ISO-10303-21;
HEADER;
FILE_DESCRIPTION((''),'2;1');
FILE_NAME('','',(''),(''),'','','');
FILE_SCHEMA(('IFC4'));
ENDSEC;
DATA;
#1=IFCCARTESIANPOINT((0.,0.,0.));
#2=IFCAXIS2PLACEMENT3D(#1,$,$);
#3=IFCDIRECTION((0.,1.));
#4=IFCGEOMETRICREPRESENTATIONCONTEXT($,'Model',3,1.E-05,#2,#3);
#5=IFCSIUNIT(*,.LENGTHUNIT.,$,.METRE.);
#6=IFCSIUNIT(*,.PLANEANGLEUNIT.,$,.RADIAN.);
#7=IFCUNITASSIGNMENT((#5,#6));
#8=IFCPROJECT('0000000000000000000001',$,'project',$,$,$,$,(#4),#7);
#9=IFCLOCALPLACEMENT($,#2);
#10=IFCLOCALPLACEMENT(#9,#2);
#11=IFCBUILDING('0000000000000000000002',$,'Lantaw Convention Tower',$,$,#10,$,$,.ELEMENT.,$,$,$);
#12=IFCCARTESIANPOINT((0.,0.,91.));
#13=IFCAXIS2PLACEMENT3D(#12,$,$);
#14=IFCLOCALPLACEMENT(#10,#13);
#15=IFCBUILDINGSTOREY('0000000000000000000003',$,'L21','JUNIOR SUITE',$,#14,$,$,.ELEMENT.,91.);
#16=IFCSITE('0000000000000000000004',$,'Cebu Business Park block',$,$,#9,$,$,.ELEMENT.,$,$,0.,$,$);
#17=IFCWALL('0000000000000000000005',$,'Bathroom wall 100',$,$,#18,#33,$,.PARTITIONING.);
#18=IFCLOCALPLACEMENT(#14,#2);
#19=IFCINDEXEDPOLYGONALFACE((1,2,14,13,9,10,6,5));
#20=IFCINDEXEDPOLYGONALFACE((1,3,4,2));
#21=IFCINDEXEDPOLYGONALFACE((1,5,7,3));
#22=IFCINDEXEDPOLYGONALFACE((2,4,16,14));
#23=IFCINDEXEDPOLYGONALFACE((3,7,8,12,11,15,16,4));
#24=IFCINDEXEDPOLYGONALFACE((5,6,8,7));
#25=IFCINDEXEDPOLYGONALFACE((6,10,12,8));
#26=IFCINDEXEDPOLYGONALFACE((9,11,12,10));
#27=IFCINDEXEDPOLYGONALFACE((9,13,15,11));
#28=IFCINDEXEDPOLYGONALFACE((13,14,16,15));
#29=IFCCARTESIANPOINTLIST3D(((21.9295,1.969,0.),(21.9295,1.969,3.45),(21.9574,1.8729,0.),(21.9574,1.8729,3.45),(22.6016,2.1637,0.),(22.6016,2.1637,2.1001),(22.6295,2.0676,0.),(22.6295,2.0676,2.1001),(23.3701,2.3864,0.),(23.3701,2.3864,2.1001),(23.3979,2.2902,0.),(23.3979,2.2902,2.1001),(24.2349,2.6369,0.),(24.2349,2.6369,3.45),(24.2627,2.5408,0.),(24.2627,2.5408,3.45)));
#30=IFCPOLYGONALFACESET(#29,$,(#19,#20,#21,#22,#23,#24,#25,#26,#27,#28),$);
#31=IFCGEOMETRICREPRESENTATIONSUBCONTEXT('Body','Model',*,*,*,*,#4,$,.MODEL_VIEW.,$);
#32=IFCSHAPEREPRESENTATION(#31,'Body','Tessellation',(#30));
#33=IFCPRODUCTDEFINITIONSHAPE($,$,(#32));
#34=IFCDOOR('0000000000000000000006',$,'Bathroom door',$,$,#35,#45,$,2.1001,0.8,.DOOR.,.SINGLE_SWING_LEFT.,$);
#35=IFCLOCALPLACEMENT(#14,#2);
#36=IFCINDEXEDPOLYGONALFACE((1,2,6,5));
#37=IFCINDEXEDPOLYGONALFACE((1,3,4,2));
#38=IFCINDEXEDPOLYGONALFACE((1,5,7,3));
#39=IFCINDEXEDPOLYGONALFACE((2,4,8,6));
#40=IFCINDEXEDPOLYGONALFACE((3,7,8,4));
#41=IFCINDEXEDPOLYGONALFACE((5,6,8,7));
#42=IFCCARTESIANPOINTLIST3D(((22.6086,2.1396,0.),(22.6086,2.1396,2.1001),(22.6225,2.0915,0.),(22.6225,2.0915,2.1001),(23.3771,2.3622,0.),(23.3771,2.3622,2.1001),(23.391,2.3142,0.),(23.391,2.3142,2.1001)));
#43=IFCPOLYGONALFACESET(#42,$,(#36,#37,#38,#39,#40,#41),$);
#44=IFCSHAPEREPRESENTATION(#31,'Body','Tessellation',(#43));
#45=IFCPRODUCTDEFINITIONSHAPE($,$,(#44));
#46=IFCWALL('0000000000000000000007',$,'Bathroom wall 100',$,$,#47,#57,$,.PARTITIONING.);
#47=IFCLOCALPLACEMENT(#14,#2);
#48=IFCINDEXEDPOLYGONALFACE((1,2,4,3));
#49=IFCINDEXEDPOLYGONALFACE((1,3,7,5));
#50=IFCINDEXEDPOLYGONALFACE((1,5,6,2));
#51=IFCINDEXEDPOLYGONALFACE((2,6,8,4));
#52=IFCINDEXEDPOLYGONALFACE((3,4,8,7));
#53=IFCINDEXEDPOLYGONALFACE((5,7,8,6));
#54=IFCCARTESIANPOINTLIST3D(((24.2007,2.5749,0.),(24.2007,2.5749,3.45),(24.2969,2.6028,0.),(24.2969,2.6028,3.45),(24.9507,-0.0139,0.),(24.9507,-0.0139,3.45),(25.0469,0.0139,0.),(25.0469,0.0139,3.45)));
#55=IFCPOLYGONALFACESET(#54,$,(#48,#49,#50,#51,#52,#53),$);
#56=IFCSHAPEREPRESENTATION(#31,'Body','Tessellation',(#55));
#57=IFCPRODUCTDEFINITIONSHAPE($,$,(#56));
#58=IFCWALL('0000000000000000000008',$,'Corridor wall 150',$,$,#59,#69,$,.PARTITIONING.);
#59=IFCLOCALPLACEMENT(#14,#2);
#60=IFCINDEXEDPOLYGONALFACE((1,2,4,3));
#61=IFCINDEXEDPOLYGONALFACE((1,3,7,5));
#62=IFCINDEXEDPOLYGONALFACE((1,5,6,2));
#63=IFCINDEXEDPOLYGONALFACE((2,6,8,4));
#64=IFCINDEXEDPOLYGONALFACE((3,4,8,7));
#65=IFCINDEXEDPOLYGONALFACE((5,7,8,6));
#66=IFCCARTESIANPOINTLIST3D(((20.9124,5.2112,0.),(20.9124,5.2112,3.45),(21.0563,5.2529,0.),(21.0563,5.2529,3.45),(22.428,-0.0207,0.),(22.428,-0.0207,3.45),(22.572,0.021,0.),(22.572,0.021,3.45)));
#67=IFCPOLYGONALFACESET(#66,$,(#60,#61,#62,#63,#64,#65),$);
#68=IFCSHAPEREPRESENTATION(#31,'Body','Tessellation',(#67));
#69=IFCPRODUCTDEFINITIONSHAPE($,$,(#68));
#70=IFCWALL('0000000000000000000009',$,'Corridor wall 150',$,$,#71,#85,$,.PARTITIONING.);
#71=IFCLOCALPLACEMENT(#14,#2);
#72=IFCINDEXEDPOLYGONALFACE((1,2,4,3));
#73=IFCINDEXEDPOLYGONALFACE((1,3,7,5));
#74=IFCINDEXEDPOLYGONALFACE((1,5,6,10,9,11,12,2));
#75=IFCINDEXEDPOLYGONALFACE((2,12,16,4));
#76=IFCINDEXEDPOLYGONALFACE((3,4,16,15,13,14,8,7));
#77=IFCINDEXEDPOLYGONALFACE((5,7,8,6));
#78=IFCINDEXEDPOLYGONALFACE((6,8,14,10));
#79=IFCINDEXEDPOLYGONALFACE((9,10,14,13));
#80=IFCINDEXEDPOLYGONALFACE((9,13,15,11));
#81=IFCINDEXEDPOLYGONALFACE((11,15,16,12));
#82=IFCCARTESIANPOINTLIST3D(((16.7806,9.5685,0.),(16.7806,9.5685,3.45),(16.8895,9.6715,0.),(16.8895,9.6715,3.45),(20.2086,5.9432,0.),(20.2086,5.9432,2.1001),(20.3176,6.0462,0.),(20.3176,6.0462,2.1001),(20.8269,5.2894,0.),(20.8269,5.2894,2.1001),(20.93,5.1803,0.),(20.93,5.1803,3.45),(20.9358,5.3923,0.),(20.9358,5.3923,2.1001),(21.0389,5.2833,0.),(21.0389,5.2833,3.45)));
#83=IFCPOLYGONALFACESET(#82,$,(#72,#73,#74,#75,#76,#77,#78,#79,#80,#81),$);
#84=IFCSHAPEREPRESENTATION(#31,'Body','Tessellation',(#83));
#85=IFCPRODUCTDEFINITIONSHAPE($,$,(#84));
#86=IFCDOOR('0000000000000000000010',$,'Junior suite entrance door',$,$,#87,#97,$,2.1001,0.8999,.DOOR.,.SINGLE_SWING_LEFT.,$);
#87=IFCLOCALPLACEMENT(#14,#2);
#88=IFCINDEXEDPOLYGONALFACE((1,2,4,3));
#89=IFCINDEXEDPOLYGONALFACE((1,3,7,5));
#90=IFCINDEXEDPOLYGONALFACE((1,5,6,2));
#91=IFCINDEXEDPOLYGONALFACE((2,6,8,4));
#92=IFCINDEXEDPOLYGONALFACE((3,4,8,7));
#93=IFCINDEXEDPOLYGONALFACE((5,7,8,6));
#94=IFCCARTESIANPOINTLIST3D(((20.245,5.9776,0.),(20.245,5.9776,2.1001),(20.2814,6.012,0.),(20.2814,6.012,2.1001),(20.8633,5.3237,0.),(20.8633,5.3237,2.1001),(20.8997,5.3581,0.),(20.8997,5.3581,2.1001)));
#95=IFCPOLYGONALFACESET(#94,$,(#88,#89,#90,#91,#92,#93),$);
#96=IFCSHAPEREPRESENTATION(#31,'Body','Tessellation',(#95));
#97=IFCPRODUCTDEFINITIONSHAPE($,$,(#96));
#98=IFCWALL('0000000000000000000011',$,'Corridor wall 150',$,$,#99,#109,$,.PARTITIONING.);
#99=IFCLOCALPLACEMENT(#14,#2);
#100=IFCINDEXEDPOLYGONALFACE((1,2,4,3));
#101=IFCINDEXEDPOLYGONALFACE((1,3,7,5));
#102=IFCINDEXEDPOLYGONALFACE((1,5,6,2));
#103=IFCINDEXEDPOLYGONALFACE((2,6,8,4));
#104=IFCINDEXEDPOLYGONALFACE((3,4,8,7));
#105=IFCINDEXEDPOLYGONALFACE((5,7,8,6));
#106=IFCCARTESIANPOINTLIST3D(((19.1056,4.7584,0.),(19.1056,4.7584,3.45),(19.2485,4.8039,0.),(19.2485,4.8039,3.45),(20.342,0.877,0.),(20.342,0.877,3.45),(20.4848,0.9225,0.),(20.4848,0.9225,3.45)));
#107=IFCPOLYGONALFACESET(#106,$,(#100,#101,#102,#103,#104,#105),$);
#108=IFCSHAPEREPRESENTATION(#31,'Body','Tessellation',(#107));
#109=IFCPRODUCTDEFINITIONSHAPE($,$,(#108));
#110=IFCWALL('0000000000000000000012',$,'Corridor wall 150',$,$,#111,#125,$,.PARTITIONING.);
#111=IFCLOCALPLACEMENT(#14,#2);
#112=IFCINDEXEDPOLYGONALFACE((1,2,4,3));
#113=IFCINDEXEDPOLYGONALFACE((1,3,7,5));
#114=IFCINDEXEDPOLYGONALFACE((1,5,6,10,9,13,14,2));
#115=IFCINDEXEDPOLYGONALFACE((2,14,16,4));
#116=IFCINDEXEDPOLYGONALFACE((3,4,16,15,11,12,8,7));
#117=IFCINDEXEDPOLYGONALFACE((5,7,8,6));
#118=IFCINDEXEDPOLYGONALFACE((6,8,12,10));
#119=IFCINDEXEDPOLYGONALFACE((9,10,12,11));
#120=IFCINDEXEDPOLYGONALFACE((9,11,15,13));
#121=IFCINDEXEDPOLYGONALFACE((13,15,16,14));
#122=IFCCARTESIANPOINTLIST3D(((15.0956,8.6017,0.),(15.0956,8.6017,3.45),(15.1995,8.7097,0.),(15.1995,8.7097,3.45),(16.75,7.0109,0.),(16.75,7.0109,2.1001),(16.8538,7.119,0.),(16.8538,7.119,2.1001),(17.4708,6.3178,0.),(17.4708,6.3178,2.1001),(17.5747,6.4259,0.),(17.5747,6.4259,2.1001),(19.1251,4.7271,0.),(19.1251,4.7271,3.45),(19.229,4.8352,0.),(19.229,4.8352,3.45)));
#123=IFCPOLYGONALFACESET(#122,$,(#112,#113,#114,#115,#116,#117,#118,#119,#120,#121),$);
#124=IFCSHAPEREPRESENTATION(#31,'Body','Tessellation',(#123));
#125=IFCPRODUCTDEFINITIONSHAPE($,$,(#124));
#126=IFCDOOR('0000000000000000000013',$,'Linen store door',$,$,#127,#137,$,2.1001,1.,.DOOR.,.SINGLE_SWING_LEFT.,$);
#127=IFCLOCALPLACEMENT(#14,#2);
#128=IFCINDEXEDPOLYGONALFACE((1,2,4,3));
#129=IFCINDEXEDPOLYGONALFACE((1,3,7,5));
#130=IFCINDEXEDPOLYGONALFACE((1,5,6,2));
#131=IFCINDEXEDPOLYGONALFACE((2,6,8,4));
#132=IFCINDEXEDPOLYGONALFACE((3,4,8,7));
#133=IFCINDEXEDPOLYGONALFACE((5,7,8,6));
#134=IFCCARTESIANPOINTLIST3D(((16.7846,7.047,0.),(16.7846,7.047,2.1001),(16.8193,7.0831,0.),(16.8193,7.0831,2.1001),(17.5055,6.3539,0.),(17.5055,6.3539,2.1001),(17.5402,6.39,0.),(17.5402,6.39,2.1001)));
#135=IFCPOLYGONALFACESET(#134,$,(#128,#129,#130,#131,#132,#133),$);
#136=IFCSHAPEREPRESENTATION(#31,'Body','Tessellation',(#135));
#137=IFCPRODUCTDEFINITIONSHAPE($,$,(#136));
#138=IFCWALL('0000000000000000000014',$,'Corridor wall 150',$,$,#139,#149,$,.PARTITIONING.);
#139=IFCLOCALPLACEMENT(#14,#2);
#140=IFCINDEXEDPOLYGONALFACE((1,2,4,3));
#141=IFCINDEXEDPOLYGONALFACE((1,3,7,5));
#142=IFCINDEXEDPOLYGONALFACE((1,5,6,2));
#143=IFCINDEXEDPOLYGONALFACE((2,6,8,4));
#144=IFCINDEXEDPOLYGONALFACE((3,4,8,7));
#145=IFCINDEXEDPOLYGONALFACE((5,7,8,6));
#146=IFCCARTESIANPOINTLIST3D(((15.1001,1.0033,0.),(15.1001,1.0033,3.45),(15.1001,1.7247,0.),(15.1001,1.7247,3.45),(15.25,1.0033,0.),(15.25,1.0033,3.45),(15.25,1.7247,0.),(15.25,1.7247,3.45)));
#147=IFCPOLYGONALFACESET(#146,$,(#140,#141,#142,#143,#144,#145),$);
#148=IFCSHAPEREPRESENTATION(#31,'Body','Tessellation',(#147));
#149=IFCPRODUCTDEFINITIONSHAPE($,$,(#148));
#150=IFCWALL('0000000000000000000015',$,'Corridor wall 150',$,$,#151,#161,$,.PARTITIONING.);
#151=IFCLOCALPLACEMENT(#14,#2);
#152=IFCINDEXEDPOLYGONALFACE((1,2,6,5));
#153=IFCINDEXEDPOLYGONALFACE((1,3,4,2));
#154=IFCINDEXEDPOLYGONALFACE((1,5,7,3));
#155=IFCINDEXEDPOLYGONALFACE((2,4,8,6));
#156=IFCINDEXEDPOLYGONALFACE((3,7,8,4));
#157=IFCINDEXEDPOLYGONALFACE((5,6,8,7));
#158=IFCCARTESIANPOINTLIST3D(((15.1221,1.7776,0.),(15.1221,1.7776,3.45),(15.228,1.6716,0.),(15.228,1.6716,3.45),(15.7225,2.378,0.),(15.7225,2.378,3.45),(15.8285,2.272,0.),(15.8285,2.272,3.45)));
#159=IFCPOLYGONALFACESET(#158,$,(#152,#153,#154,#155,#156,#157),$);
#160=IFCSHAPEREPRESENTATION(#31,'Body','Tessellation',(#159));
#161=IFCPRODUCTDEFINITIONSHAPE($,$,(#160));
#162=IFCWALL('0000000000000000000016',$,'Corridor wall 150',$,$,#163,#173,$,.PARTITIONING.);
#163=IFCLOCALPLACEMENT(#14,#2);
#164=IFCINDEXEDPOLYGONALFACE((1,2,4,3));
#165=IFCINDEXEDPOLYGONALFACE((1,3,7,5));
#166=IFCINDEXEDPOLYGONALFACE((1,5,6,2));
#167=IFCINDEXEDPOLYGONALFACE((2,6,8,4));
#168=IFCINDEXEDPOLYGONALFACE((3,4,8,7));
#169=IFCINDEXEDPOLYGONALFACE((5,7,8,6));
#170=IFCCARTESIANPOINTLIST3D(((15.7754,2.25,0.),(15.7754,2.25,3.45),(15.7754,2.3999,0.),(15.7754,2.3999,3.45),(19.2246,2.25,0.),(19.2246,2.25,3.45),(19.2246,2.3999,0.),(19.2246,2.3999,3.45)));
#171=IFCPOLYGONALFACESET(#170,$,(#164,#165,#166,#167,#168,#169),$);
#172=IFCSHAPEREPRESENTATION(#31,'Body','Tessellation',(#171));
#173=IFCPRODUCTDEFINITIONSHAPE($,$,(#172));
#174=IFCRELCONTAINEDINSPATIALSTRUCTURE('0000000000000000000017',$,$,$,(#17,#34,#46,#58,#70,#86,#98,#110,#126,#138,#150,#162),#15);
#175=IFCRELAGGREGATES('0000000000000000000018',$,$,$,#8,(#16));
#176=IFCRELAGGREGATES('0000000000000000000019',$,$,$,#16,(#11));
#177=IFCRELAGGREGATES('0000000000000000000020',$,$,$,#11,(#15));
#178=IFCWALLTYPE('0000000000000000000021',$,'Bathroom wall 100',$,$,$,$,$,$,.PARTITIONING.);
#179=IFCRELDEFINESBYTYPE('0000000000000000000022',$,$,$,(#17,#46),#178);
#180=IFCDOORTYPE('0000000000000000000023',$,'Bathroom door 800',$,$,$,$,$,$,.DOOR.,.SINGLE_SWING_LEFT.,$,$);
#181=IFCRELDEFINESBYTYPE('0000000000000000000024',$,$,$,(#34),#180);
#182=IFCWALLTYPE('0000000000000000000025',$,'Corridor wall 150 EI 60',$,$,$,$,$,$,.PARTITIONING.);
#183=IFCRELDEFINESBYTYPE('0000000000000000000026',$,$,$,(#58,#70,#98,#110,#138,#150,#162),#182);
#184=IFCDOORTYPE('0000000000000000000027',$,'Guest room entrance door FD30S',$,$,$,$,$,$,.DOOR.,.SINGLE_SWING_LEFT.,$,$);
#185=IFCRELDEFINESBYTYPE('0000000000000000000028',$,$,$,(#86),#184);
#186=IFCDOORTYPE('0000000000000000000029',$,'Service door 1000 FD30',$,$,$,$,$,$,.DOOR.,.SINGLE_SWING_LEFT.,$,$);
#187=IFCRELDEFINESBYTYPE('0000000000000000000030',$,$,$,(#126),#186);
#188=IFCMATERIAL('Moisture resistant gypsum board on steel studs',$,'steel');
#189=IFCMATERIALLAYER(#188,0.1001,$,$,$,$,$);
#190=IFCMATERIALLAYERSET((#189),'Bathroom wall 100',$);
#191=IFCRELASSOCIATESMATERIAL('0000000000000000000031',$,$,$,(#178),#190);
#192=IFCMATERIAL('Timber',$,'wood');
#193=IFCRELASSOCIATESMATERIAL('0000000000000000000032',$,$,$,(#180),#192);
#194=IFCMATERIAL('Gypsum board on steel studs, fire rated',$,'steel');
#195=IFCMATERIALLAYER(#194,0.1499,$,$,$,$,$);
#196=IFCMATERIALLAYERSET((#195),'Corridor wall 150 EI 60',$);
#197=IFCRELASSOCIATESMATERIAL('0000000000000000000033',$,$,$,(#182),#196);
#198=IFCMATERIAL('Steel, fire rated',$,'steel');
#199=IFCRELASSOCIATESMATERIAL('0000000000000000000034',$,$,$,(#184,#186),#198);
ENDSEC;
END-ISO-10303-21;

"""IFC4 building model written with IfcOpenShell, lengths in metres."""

from ifc_helpers import new_model, si_unit, direction, frame, frame_2d, origin, place, context, subcontext, project, spatial, rectangle, extrude, material, layer, layer_set, type_object, element, fill, save


model = new_model("IFC4")

# Units and contexts
model_context = context("Model", 3, precision=1e-05, world=origin(), true_north=direction((0.0, 1.0)))
body_context = subcontext(model_context, "Body", "Model", "MODEL_VIEW")
ifc_project = project(units=[si_unit("LENGTHUNIT", "METRE"), si_unit("PLANEANGLEUNIT", "RADIAN")], contexts=[model_context])

# Site, building, storey
site_placement = place(None, origin())
site = spatial("IfcSite", under=ifc_project, at=site_placement, Name="Cebu Business Park block", CompositionType="ELEMENT", RefElevation=0.0)
building_placement = place(site_placement, origin())
building = spatial("IfcBuilding", under=site, at=building_placement, Name="Lantaw Convention Tower", CompositionType="ELEMENT")
storey_placement = place(building_placement, frame((0.0, 0.0, 91.0)))
storey = spatial("IfcBuildingStorey", under=building, at=storey_placement, Name="L21", Description="JUNIOR SUITE", CompositionType="ELEMENT", Elevation=91.0)

# Wall, opening, door
ifc_material_1 = material(Name="Moisture resistant gypsum board on steel studs", Category="steel")
ifc_layer_1 = layer(ifc_material_1, 0.1001)
ifc_layer_set_1 = layer_set([ifc_layer_1], Name="Bathroom wall 100")
wall_type_1 = type_object("IfcWallType", Name="Bathroom wall 100", PredefinedType="PARTITIONING", material=ifc_layer_set_1)
wall_1_placement = place(storey_placement, frame((21.9434, 1.9209, 0.0), z_axis=(0.0, 0.0, 1.0), x_axis=(0.960496, 0.278293, 0.0)))
wall_1 = element("IfcWall", 1, at=wall_1_placement, inside=storey, type_object=wall_type_1, Name="Bathroom wall 100", PredefinedType="PARTITIONING", context=body_context, shape_type="SweptSolid", body=[
    extrude(rectangle(XDim=2.4001, YDim=0.1001, at=frame_2d((1.2002, 0.0))), origin(), (0.0, 0.0, 1.0), 3.45),
])
opening_1_placement = place(wall_1_placement, frame((0.7, 0.0, 0.0)))
opening_1 = element("IfcOpeningElement", 2, at=opening_1_placement, cuts=wall_1, PredefinedType="OPENING", context=body_context, shape_type="SweptSolid", body=[
    extrude(rectangle(XDim=0.8, YDim=2.1001, at=frame_2d((0.3999, 1.05))), frame((0.0, 0.0601, 0.0), z_axis=(0.0, -1.0, 0.0), x_axis=(1.0, 0.0, 0.0)), (0.0, 0.0, 1.0), 0.1201),
])
ifc_material_2 = material(Name="Timber", Category="wood")
door_type_1 = type_object("IfcDoorType", Name="Bathroom door 800", OperationType="SINGLE_SWING_LEFT", PredefinedType="DOOR", material=ifc_material_2)
door_1_placement = place(opening_1_placement, origin())
door_1 = element("IfcDoor", 3, at=door_1_placement, inside=storey, type_object=door_type_1, Name="Bathroom door", OperationType="SINGLE_SWING_LEFT", OverallHeight=2.1001, OverallWidth=0.8, PredefinedType="DOOR", context=body_context, shape_type="SweptSolid", body=[
    extrude(rectangle(XDim=0.8, YDim=2.1001, at=frame_2d((0.3999, 1.05))), frame((0.0, 0.0249, 0.0), z_axis=(0.0, -1.0, 0.0), x_axis=(1.0, 0.0, 0.0)), (0.0, 0.0, 1.0), 0.05),
])
fill(opening_1, door_1)

# Walls
wall_2_placement = place(storey_placement, frame((24.2488, 2.5889, 0.0), z_axis=(0.0, 0.0, 1.0), x_axis=(0.27826, -0.960506, 0.0)))
element("IfcWall", 4, at=wall_2_placement, inside=storey, type_object=wall_type_1, Name="Bathroom wall 100", PredefinedType="PARTITIONING", context=body_context, shape_type="SweptSolid", body=[
    extrude(rectangle(XDim=2.6953, YDim=0.1001, at=frame_2d((1.3477, 0.0))), origin(), (0.0, 0.0, 1.0), 3.45),
])
ifc_material_3 = material(Name="Gypsum board on steel studs, fire rated", Category="steel")
ifc_layer_2 = layer(ifc_material_3, 0.1499)
ifc_layer_set_2 = layer_set([ifc_layer_2], Name="Corridor wall 150 EI 60")
wall_type_2 = type_object("IfcWallType", Name="Corridor wall 150 EI 60", PredefinedType="PARTITIONING", material=ifc_layer_set_2)
wall_3_placement = place(storey_placement, frame((22.5, 0.0, 0.0), z_axis=(0.0, 0.0, 1.0), x_axis=(-0.278247, 0.960509, 0.0)))
element("IfcWall", 5, at=wall_3_placement, inside=storey, type_object=wall_type_2, Name="Corridor wall 150", PredefinedType="PARTITIONING", context=body_context, shape_type="SweptSolid", body=[
    extrude(rectangle(XDim=5.447, YDim=0.1499, at=frame_2d((2.7236, 0.0))), origin(), (0.0, 0.0, 1.0), 3.45),
])

# Wall, opening, door
wall_4_placement = place(storey_placement, frame((20.9844, 5.2319, 0.0), z_axis=(0.0, 0.0, 1.0), x_axis=(-0.687063, 0.726598, 0.0)))
wall_4 = element("IfcWall", 6, at=wall_4_placement, inside=storey, type_object=wall_type_2, Name="Corridor wall 150", PredefinedType="PARTITIONING", context=body_context, shape_type="SweptSolid", body=[
    extrude(rectangle(XDim=6.0393, YDim=0.1499, at=frame_2d((3.0195, 0.0))), origin(), (0.0, 0.0, 1.0), 3.45),
])
opening_2_placement = place(wall_4_placement, frame((0.1499, 0.0, 0.0)))
opening_2 = element("IfcOpeningElement", 7, at=opening_2_placement, cuts=wall_4, PredefinedType="OPENING", context=body_context, shape_type="SweptSolid", body=[
    extrude(rectangle(XDim=0.8999, YDim=2.1001, at=frame_2d((0.45, 1.05))), frame((0.0, 0.085, 0.0), z_axis=(0.0, -1.0, 0.0), x_axis=(1.0, 0.0, 0.0)), (0.0, 0.0, 1.0), 0.1699),
])
ifc_material_4 = material(Name="Steel, fire rated", Category="steel")
door_type_2 = type_object("IfcDoorType", Name="Guest room entrance door FD30S", OperationType="SINGLE_SWING_LEFT", PredefinedType="DOOR", material=ifc_material_4)
door_2_placement = place(opening_2_placement, origin())
door_2 = element("IfcDoor", 8, at=door_2_placement, inside=storey, type_object=door_type_2, Name="Junior suite entrance door", OperationType="SINGLE_SWING_LEFT", OverallHeight=2.1001, OverallWidth=0.8999, PredefinedType="DOOR", context=body_context, shape_type="SweptSolid", body=[
    extrude(rectangle(XDim=0.8999, YDim=2.1001, at=frame_2d((0.45, 1.05))), frame((0.0, 0.0249, 0.0), z_axis=(0.0, -1.0, 0.0), x_axis=(1.0, 0.0, 0.0)), (0.0, 0.0, 1.0), 0.05),
])
fill(opening_2, door_2)

# Wall
wall_5_placement = place(storey_placement, frame((20.4133, 0.8999, 0.0), z_axis=(0.0, 0.0, 1.0), x_axis=(-0.303505, 0.95283, 0.0)))
element("IfcWall", 9, at=wall_5_placement, inside=storey, type_object=wall_type_2, Name="Corridor wall 150", PredefinedType="PARTITIONING", context=body_context, shape_type="SweptSolid", body=[
    extrude(rectangle(XDim=4.0735, YDim=0.1499, at=frame_2d((2.0366, 0.0))), origin(), (0.0, 0.0, 1.0), 3.45),
])

# Wall, opening, door
wall_6_placement = place(storey_placement, frame((19.177, 4.7812, 0.0), z_axis=(0.0, 0.0, 1.0), x_axis=(-0.720837, 0.693104, 0.0)))
wall_6 = element("IfcWall", 10, at=wall_6_placement, inside=storey, type_object=wall_type_2, Name="Corridor wall 150", PredefinedType="PARTITIONING", context=body_context, shape_type="SweptSolid", body=[
    extrude(rectangle(XDim=5.5901, YDim=0.1499, at=frame_2d((2.7949, 0.0))), origin(), (0.0, 0.0, 1.0), 3.45),
])
opening_3_placement = place(wall_6_placement, frame((2.2949, 0.0, 0.0)))
opening_3 = element("IfcOpeningElement", 11, at=opening_3_placement, cuts=wall_6, PredefinedType="OPENING", context=body_context, shape_type="SweptSolid", body=[
    extrude(rectangle(XDim=1.0, YDim=2.1001, at=frame_2d((0.5, 1.05))), frame((0.0, 0.085, 0.0), z_axis=(0.0, -1.0, 0.0), x_axis=(1.0, 0.0, 0.0)), (0.0, 0.0, 1.0), 0.1699),
])
door_type_3 = type_object("IfcDoorType", Name="Service door 1000 FD30", OperationType="SINGLE_SWING_LEFT", PredefinedType="DOOR", material=ifc_material_4)
door_3_placement = place(opening_3_placement, origin())
door_3 = element("IfcDoor", 12, at=door_3_placement, inside=storey, type_object=door_type_3, Name="Linen store door", OperationType="SINGLE_SWING_LEFT", OverallHeight=2.1001, OverallWidth=1.0, PredefinedType="DOOR", context=body_context, shape_type="SweptSolid", body=[
    extrude(rectangle(XDim=1.0, YDim=2.1001, at=frame_2d((0.5, 1.05))), frame((0.0, 0.0249, 0.0), z_axis=(0.0, -1.0, 0.0), x_axis=(1.0, 0.0, 0.0)), (0.0, 0.0, 1.0), 0.05),
])
fill(opening_3, door_3)

# Walls
wall_7_placement = place(storey_placement, frame((15.175, 1.0032, 0.0), z_axis=(0.0, 0.0, 1.0), x_axis=(0.0, 1.0, 0.0)))
element("IfcWall", 13, at=wall_7_placement, inside=storey, type_object=wall_type_2, Name="Corridor wall 150", PredefinedType="PARTITIONING", context=body_context, shape_type="SweptSolid", body=[
    extrude(rectangle(XDim=0.7214, YDim=0.1499, at=frame_2d((0.3608, 0.0))), origin(), (0.0, 0.0, 1.0), 3.45),
])
wall_8_placement = place(storey_placement, frame((15.175, 1.7246, 0.0), z_axis=(0.0, 0.0, 1.0), x_axis=(0.707107, 0.707107, 0.0)))
element("IfcWall", 14, at=wall_8_placement, inside=storey, type_object=wall_type_2, Name="Corridor wall 150", PredefinedType="PARTITIONING", context=body_context, shape_type="SweptSolid", body=[
    extrude(rectangle(XDim=0.8491, YDim=0.1499, at=frame_2d((0.4246, 0.0))), origin(), (0.0, 0.0, 1.0), 3.45),
])
wall_9_placement = place(storey_placement, frame((15.7754, 2.325, 0.0), z_axis=(0.0, 0.0, 1.0), x_axis=(1.0, 0.0, 0.0)))
element("IfcWall", 15, at=wall_9_placement, inside=storey, type_object=wall_type_2, Name="Corridor wall 150", PredefinedType="PARTITIONING", context=body_context, shape_type="SweptSolid", body=[
    extrude(rectangle(XDim=3.4492, YDim=0.1499, at=frame_2d((1.7246, 0.0))), origin(), (0.0, 0.0, 1.0), 3.45),
])

save(model, "model.ifc")
